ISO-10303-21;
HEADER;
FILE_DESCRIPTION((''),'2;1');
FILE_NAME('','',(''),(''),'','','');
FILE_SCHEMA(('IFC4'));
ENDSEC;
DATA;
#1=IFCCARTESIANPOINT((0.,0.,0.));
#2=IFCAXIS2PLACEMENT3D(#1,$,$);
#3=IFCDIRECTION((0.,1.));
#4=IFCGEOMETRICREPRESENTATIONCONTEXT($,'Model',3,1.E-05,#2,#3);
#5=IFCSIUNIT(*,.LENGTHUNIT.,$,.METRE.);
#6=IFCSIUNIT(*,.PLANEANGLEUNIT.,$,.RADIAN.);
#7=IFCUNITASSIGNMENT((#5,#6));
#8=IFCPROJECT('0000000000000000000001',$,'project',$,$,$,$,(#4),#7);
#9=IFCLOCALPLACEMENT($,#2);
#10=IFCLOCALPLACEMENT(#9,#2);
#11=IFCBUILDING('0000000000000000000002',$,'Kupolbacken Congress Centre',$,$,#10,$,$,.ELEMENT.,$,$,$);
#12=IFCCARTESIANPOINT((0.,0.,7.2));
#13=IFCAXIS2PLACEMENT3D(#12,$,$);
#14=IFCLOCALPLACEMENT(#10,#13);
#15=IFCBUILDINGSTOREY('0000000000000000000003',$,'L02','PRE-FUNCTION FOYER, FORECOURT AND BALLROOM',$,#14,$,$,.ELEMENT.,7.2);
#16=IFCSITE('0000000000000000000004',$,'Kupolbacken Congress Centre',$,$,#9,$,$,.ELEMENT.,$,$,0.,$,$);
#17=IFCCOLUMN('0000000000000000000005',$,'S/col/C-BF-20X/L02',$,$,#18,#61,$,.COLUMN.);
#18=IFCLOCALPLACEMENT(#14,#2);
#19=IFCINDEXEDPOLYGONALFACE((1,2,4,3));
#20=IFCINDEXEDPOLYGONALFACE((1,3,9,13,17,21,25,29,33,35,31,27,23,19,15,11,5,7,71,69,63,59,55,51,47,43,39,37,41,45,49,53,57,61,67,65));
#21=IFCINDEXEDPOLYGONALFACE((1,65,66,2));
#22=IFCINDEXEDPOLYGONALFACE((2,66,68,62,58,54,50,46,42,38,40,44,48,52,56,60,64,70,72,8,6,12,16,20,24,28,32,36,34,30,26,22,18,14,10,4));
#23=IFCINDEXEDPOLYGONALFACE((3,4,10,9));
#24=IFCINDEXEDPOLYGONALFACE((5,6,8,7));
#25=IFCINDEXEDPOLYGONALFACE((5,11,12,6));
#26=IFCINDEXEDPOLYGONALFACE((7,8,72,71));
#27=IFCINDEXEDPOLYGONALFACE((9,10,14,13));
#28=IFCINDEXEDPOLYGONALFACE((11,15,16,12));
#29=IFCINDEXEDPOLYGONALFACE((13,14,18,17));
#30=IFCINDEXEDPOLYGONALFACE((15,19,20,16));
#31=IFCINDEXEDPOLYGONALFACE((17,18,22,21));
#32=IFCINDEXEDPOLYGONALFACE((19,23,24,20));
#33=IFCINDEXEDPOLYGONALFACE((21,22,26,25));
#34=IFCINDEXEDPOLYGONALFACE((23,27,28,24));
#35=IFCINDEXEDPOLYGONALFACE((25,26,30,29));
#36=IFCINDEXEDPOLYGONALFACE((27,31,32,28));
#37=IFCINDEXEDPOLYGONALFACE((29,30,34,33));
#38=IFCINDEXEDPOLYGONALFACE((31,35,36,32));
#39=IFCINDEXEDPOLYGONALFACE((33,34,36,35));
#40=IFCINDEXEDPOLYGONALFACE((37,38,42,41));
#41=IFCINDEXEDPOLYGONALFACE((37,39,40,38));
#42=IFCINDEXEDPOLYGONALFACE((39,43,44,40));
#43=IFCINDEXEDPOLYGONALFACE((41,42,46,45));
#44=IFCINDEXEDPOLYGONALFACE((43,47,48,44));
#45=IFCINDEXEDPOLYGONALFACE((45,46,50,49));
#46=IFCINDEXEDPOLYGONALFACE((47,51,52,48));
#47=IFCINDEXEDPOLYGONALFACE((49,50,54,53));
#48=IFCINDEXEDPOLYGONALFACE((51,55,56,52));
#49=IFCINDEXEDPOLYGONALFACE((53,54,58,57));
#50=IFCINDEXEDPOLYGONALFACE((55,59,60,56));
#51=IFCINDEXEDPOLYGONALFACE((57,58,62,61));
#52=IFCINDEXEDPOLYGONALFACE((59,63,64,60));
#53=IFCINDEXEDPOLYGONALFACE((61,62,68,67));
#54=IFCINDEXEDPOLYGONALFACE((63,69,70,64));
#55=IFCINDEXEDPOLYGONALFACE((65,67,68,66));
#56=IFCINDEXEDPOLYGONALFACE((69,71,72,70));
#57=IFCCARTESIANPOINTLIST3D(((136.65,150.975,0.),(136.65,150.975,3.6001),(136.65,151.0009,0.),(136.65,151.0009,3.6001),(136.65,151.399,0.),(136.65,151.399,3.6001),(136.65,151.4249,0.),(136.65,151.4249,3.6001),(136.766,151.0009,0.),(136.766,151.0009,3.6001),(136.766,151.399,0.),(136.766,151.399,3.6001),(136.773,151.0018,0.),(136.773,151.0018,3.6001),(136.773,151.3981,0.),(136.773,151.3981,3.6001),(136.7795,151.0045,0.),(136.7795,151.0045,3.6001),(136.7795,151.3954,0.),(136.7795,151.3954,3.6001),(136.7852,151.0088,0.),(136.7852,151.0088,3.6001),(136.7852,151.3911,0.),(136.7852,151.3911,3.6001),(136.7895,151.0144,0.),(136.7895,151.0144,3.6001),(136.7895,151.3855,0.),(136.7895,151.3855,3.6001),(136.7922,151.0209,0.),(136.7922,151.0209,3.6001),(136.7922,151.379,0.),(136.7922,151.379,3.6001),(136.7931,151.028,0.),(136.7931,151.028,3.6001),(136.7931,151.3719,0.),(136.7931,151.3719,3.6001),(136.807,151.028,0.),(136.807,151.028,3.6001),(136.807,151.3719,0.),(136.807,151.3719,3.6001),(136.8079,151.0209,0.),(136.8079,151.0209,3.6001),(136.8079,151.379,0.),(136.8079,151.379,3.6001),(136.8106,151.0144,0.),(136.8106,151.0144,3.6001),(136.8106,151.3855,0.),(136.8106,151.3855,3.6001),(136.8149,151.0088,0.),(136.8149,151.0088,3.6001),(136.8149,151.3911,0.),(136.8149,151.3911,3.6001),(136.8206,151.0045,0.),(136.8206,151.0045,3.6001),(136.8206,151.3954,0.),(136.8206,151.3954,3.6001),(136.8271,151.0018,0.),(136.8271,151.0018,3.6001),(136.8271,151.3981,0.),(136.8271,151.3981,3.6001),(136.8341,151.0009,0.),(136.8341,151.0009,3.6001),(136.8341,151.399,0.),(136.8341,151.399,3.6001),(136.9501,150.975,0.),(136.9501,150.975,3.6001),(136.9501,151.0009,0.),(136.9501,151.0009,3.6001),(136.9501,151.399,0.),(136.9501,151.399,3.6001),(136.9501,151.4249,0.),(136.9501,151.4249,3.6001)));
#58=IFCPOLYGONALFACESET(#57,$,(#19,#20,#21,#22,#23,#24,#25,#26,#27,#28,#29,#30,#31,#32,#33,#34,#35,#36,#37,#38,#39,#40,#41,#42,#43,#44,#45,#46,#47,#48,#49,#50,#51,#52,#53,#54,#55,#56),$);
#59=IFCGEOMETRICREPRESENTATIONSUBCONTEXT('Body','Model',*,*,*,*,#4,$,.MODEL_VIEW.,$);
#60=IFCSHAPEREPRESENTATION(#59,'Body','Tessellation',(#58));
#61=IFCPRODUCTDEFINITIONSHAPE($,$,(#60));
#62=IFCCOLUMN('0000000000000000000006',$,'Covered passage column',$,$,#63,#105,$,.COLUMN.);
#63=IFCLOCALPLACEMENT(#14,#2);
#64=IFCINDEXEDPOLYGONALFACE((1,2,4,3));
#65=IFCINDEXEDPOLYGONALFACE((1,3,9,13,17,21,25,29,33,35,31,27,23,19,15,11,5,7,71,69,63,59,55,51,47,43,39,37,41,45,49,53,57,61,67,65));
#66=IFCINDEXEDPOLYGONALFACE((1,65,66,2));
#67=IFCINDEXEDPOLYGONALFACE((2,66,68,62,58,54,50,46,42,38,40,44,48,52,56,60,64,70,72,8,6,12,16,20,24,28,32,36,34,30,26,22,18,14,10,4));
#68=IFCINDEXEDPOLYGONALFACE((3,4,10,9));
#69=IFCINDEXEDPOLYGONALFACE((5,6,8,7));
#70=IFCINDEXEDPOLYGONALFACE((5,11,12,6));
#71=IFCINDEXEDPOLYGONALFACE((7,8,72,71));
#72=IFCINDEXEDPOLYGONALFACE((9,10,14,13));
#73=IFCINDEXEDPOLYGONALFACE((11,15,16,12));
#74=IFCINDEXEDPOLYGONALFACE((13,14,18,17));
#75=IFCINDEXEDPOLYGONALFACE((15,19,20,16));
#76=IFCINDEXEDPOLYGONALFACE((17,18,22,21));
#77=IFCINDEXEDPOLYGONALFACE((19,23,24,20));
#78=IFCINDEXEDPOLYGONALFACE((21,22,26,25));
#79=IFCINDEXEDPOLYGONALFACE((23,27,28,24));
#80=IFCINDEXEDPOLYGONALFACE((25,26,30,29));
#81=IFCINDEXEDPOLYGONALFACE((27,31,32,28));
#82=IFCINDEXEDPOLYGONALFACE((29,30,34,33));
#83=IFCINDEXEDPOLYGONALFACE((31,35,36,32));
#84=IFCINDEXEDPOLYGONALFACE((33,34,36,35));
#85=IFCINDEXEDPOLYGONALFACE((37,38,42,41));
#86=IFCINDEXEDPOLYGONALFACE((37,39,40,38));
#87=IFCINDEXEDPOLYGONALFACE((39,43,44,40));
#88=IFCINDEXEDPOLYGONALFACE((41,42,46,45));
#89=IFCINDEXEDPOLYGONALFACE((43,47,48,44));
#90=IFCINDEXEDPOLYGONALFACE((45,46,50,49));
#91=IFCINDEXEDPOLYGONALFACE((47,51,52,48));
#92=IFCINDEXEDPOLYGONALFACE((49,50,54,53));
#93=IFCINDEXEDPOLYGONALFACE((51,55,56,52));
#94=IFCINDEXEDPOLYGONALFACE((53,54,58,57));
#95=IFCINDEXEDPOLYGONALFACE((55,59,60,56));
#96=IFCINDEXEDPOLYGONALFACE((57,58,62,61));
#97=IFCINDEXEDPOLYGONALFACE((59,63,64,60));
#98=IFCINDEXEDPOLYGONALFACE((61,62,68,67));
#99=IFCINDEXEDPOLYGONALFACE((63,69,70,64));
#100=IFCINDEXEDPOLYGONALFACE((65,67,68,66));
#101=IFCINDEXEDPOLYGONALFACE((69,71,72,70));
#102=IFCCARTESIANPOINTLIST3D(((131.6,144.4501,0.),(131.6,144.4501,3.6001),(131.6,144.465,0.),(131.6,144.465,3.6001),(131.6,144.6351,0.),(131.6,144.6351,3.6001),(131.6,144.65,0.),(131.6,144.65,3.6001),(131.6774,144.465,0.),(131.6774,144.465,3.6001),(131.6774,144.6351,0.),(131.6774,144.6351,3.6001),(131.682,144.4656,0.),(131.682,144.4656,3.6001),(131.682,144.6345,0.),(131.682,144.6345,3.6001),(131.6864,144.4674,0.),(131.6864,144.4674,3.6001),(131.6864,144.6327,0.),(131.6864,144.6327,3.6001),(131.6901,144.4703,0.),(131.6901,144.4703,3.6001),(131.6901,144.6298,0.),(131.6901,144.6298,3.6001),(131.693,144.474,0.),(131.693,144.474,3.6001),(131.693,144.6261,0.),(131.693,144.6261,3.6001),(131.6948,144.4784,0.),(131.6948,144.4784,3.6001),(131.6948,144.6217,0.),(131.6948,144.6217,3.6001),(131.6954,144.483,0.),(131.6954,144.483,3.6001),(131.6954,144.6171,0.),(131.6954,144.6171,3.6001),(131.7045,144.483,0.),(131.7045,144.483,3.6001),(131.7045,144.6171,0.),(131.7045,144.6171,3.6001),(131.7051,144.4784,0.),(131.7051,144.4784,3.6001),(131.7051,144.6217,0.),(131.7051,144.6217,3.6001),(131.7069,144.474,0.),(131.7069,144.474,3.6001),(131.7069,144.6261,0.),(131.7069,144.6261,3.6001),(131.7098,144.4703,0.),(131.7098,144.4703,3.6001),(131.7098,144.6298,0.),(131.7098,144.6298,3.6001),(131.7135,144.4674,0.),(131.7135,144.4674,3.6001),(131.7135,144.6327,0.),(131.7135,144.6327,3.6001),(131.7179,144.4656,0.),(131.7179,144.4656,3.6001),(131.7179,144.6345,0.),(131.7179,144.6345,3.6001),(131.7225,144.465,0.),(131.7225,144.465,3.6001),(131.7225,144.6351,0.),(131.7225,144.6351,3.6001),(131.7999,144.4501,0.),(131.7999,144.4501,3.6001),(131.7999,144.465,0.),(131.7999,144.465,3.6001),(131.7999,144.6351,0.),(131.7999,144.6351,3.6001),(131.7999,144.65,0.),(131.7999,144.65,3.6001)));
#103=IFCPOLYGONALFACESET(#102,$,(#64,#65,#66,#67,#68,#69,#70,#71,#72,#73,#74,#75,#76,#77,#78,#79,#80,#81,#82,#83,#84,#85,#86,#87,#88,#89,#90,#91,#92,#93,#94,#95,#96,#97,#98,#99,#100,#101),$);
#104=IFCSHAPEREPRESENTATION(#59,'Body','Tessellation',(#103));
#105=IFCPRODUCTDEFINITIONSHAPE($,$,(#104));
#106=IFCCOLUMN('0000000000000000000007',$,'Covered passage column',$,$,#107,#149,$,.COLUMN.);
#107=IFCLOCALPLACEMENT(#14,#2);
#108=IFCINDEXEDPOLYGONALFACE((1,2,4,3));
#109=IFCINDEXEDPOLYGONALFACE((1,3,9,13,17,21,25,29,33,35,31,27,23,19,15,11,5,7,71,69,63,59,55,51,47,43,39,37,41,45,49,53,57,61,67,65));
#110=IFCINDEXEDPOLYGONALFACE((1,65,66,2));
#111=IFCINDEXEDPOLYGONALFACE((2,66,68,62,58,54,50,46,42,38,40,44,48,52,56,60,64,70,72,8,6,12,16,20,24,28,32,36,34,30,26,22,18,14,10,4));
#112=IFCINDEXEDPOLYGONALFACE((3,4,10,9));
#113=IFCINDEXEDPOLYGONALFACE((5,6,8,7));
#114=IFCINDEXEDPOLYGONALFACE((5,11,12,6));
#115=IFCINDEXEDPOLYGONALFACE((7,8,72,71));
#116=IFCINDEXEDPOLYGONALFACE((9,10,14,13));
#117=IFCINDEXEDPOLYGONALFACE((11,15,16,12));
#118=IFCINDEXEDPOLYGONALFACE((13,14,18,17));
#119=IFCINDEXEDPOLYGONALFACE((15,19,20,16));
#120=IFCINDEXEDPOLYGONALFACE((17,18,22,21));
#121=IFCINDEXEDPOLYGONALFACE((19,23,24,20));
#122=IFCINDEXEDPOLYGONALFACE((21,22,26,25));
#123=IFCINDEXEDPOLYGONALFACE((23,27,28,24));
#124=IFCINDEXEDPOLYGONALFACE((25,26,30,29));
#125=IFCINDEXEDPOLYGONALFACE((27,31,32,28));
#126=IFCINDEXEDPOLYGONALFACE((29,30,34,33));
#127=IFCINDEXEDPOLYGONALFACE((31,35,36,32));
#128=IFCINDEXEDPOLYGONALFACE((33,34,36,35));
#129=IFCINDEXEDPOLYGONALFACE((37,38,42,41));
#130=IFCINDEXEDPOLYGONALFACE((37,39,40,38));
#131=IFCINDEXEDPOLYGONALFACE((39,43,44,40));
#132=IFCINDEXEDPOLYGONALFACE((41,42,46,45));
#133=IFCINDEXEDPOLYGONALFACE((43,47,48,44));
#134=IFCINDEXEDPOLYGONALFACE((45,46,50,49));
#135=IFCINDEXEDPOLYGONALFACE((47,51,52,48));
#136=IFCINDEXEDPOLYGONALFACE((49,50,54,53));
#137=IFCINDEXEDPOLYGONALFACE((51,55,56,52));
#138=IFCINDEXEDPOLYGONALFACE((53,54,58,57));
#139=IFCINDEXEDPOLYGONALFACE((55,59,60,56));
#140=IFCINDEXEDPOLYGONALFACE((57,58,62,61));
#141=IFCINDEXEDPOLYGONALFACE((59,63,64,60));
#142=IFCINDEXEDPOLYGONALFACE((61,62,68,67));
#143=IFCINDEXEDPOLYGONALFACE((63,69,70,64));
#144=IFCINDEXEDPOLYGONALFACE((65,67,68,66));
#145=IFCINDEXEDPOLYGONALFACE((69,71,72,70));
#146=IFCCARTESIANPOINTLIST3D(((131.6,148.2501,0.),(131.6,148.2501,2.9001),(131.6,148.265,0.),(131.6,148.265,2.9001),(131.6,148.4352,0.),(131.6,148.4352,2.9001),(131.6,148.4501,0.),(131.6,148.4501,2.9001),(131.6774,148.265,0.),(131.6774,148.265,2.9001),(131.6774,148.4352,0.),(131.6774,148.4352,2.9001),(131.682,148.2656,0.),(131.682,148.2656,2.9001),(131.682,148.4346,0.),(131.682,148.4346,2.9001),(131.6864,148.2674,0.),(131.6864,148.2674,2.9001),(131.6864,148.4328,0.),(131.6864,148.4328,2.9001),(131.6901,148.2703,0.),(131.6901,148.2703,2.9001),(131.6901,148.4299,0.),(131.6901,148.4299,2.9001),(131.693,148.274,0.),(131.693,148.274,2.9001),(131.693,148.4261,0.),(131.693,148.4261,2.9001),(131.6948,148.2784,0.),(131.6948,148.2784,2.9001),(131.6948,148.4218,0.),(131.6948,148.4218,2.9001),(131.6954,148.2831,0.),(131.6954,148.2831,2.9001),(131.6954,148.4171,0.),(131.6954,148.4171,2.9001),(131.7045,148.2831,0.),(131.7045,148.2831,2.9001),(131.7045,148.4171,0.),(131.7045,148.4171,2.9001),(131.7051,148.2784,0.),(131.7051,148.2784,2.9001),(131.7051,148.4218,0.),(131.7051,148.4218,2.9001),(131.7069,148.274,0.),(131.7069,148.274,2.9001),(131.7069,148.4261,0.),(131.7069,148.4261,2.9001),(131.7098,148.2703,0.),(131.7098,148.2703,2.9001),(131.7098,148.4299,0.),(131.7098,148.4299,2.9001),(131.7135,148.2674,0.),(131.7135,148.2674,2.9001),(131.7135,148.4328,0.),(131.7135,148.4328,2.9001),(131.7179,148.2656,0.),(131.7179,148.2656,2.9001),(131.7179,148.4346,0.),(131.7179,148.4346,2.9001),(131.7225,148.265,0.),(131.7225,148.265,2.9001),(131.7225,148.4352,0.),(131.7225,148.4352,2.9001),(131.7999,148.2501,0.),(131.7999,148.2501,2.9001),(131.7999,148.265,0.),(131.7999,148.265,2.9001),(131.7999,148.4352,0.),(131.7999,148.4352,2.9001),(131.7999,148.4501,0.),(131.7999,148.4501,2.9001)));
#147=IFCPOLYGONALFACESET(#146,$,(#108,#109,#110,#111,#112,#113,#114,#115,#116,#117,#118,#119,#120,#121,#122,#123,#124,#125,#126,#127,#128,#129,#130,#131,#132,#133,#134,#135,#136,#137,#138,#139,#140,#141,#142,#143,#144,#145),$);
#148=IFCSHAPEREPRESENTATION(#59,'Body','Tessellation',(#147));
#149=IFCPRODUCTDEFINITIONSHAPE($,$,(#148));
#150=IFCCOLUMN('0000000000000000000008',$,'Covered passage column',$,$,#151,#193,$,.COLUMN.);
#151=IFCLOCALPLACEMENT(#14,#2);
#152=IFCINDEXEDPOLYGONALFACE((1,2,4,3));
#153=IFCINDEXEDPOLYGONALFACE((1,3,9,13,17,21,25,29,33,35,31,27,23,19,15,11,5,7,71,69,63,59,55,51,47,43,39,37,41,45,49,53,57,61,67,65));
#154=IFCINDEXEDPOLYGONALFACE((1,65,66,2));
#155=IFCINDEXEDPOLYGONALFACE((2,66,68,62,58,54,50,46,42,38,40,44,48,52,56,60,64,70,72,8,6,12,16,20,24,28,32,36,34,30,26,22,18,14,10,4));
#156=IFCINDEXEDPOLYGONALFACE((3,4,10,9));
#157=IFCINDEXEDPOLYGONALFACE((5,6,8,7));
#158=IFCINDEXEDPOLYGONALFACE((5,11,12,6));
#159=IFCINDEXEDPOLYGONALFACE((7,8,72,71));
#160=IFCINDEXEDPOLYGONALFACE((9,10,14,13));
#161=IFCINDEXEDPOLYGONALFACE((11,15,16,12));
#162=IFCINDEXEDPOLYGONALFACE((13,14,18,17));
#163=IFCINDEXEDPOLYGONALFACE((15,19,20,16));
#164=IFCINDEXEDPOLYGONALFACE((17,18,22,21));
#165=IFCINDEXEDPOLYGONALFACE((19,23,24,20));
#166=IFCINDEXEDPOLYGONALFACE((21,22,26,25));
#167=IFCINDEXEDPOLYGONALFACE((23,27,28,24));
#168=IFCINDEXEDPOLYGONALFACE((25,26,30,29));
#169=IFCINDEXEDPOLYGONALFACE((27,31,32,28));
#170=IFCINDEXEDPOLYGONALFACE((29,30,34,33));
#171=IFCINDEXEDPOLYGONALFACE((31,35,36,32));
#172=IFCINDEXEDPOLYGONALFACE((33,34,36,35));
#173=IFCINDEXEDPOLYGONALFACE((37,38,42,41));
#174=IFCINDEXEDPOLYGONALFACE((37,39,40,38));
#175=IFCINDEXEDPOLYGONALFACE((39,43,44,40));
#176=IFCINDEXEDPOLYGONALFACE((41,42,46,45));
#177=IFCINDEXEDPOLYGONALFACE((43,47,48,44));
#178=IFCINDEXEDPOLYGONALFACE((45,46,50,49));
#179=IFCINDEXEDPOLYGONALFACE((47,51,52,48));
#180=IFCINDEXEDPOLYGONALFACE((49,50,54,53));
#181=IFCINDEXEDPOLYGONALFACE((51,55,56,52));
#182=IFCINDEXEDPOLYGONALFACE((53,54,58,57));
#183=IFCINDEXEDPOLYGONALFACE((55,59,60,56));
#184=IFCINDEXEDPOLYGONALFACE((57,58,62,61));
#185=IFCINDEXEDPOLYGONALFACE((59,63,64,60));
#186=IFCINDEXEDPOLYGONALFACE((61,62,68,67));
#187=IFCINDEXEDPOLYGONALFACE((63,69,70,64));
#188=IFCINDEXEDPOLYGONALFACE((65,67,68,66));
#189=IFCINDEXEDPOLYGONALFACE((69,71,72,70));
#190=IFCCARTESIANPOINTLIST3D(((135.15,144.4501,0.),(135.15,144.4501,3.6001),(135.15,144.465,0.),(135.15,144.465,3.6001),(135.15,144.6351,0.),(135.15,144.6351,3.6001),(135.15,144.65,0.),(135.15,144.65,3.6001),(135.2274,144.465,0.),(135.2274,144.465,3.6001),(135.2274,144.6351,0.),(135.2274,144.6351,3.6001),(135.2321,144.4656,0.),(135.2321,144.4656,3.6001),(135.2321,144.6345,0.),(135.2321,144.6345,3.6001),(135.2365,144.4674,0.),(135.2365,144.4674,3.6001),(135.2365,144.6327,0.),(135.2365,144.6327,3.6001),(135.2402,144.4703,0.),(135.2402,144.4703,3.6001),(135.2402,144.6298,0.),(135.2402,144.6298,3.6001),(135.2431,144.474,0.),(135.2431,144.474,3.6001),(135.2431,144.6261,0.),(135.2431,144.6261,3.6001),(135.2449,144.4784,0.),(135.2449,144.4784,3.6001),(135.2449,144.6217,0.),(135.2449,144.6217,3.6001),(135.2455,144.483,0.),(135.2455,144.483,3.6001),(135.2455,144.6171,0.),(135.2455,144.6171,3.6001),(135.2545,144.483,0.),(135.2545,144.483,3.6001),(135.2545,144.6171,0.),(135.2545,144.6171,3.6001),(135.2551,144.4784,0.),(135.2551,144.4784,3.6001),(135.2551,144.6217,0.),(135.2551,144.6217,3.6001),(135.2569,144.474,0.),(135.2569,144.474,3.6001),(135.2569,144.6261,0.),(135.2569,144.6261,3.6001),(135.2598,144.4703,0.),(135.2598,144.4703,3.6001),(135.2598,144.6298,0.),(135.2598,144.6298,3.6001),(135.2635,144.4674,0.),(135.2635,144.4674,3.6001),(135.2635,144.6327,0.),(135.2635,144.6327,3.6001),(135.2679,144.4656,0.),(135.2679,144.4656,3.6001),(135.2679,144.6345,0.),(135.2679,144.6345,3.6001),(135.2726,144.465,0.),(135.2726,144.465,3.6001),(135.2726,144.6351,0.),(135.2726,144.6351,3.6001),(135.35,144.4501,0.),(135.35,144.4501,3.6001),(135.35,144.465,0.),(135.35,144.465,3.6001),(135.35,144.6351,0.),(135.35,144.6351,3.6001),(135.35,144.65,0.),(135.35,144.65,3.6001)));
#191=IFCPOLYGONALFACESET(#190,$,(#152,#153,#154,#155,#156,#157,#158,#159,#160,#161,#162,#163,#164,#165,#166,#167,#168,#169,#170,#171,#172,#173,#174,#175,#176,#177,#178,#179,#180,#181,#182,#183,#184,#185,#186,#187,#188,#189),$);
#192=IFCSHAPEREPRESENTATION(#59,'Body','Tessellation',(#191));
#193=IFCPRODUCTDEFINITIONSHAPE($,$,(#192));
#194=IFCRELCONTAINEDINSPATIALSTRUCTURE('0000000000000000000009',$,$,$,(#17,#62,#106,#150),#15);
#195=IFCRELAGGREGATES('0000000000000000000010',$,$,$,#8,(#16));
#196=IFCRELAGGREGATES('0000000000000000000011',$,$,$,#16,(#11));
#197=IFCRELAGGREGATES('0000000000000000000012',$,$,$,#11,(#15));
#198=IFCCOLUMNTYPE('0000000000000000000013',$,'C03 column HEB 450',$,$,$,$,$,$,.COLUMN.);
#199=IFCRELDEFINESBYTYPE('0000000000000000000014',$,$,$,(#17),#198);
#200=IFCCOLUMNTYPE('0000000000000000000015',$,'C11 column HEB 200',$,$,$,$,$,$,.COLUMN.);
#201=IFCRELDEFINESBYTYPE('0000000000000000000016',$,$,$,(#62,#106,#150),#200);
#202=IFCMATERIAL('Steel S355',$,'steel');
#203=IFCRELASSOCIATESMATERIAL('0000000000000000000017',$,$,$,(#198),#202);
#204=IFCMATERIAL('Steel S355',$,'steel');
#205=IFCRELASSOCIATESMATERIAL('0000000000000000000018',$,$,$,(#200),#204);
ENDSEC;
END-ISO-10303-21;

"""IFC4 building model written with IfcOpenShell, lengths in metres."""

from ifc_helpers import new_model, si_unit, direction, frame, origin, origin_2d, place, context, subcontext, project, spatial, i_section, extrude, material, material_profile, profile_set, type_object, element, save


model = new_model("IFC4")

# Units and contexts
model_context = context("Model", 3, precision=1e-05, world=origin(), true_north=direction((0.0, 1.0)))
body_context = subcontext(model_context, "Body", "Model", "MODEL_VIEW")
ifc_project = project(units=[si_unit("LENGTHUNIT", "METRE"), si_unit("PLANEANGLEUNIT", "RADIAN")], contexts=[model_context])

# Site, building, storey
site_placement = place(None, origin())
site = spatial("IfcSite", under=ifc_project, at=site_placement, Name="Kupolbacken Congress Centre", CompositionType="ELEMENT", RefElevation=0.0)
building_placement = place(site_placement, origin())
building = spatial("IfcBuilding", under=site, at=building_placement, Name="Kupolbacken Congress Centre", CompositionType="ELEMENT")
storey_placement = place(building_placement, frame((0.0, 0.0, 7.2)))
storey = spatial("IfcBuildingStorey", under=building, at=storey_placement, Name="L02", Description="PRE-FUNCTION FOYER, FORECOURT AND BALLROOM", CompositionType="ELEMENT", Elevation=7.2)

# Columns
ifc_material_1 = material(Name="Steel S355", Category="steel")
ifc_material_profile_1 = material_profile(ifc_material_1, i_section(OverallWidth=0.3, OverallDepth=0.45, WebThickness=0.0139, FlangeThickness=0.0259, FilletRadius=0.0271, at=origin_2d()), Name="HEB 450")
ifc_profile_set_1 = profile_set([ifc_material_profile_1], Name="Steel S355")
column_type_1 = type_object("IfcColumnType", Name="C03 column HEB 450", PredefinedType="COLUMN", material=ifc_profile_set_1)
column_1_placement = place(storey_placement, frame((136.8, 151.2, 0.0), z_axis=(0.0, 0.0, 1.0), x_axis=(1.0, 0.0, 0.0)))
element("IfcColumn", 1, at=column_1_placement, inside=storey, type_object=column_type_1, Name="S/col/C-BF-20X/L02", PredefinedType="COLUMN", context=body_context, shape_type="SweptSolid", body=[
    extrude(i_section(OverallWidth=0.3, OverallDepth=0.45, WebThickness=0.0139, FlangeThickness=0.0259, FilletRadius=0.0271, at=origin_2d()), origin(), (0.0, 0.0, 1.0), 3.6001),
])
ifc_material_2 = material(Name="Steel S355", Category="steel")
ifc_material_profile_2 = material_profile(ifc_material_2, i_section(OverallWidth=0.2, OverallDepth=0.2, WebThickness=0.009, FlangeThickness=0.0149, FilletRadius=0.0181, at=origin_2d()), Name="HEB 200")
ifc_profile_set_2 = profile_set([ifc_material_profile_2], Name="Steel S355")
column_type_2 = type_object("IfcColumnType", Name="C11 column HEB 200", PredefinedType="COLUMN", material=ifc_profile_set_2)
column_2_placement = place(storey_placement, frame((131.7, 144.55, 0.0), z_axis=(0.0, 0.0, 1.0), x_axis=(1.0, 0.0, 0.0)))
element("IfcColumn", 2, at=column_2_placement, inside=storey, type_object=column_type_2, Name="Covered passage column", PredefinedType="COLUMN", context=body_context, shape_type="SweptSolid", body=[
    extrude(i_section(OverallWidth=0.2, OverallDepth=0.2, WebThickness=0.009, FlangeThickness=0.0149, FilletRadius=0.0181, at=origin_2d()), origin(), (0.0, 0.0, 1.0), 3.6001),
])
column_3_placement = place(storey_placement, frame((131.7, 148.3501, 0.0), z_axis=(0.0, 0.0, 1.0), x_axis=(1.0, 0.0, 0.0)))
element("IfcColumn", 3, at=column_3_placement, inside=storey, type_object=column_type_2, Name="Covered passage column", PredefinedType="COLUMN", context=body_context, shape_type="SweptSolid", body=[
    extrude(i_section(OverallWidth=0.2, OverallDepth=0.2, WebThickness=0.009, FlangeThickness=0.0149, FilletRadius=0.0181, at=origin_2d()), origin(), (0.0, 0.0, 1.0), 2.9001),
])
column_4_placement = place(storey_placement, frame((135.25, 144.55, 0.0), z_axis=(0.0, 0.0, 1.0), x_axis=(1.0, 0.0, 0.0)))
element("IfcColumn", 4, at=column_4_placement, inside=storey, type_object=column_type_2, Name="Covered passage column", PredefinedType="COLUMN", context=body_context, shape_type="SweptSolid", body=[
    extrude(i_section(OverallWidth=0.2, OverallDepth=0.2, WebThickness=0.009, FlangeThickness=0.0149, FilletRadius=0.0181, at=origin_2d()), origin(), (0.0, 0.0, 1.0), 3.6001),
])

save(model, "model.ifc")
